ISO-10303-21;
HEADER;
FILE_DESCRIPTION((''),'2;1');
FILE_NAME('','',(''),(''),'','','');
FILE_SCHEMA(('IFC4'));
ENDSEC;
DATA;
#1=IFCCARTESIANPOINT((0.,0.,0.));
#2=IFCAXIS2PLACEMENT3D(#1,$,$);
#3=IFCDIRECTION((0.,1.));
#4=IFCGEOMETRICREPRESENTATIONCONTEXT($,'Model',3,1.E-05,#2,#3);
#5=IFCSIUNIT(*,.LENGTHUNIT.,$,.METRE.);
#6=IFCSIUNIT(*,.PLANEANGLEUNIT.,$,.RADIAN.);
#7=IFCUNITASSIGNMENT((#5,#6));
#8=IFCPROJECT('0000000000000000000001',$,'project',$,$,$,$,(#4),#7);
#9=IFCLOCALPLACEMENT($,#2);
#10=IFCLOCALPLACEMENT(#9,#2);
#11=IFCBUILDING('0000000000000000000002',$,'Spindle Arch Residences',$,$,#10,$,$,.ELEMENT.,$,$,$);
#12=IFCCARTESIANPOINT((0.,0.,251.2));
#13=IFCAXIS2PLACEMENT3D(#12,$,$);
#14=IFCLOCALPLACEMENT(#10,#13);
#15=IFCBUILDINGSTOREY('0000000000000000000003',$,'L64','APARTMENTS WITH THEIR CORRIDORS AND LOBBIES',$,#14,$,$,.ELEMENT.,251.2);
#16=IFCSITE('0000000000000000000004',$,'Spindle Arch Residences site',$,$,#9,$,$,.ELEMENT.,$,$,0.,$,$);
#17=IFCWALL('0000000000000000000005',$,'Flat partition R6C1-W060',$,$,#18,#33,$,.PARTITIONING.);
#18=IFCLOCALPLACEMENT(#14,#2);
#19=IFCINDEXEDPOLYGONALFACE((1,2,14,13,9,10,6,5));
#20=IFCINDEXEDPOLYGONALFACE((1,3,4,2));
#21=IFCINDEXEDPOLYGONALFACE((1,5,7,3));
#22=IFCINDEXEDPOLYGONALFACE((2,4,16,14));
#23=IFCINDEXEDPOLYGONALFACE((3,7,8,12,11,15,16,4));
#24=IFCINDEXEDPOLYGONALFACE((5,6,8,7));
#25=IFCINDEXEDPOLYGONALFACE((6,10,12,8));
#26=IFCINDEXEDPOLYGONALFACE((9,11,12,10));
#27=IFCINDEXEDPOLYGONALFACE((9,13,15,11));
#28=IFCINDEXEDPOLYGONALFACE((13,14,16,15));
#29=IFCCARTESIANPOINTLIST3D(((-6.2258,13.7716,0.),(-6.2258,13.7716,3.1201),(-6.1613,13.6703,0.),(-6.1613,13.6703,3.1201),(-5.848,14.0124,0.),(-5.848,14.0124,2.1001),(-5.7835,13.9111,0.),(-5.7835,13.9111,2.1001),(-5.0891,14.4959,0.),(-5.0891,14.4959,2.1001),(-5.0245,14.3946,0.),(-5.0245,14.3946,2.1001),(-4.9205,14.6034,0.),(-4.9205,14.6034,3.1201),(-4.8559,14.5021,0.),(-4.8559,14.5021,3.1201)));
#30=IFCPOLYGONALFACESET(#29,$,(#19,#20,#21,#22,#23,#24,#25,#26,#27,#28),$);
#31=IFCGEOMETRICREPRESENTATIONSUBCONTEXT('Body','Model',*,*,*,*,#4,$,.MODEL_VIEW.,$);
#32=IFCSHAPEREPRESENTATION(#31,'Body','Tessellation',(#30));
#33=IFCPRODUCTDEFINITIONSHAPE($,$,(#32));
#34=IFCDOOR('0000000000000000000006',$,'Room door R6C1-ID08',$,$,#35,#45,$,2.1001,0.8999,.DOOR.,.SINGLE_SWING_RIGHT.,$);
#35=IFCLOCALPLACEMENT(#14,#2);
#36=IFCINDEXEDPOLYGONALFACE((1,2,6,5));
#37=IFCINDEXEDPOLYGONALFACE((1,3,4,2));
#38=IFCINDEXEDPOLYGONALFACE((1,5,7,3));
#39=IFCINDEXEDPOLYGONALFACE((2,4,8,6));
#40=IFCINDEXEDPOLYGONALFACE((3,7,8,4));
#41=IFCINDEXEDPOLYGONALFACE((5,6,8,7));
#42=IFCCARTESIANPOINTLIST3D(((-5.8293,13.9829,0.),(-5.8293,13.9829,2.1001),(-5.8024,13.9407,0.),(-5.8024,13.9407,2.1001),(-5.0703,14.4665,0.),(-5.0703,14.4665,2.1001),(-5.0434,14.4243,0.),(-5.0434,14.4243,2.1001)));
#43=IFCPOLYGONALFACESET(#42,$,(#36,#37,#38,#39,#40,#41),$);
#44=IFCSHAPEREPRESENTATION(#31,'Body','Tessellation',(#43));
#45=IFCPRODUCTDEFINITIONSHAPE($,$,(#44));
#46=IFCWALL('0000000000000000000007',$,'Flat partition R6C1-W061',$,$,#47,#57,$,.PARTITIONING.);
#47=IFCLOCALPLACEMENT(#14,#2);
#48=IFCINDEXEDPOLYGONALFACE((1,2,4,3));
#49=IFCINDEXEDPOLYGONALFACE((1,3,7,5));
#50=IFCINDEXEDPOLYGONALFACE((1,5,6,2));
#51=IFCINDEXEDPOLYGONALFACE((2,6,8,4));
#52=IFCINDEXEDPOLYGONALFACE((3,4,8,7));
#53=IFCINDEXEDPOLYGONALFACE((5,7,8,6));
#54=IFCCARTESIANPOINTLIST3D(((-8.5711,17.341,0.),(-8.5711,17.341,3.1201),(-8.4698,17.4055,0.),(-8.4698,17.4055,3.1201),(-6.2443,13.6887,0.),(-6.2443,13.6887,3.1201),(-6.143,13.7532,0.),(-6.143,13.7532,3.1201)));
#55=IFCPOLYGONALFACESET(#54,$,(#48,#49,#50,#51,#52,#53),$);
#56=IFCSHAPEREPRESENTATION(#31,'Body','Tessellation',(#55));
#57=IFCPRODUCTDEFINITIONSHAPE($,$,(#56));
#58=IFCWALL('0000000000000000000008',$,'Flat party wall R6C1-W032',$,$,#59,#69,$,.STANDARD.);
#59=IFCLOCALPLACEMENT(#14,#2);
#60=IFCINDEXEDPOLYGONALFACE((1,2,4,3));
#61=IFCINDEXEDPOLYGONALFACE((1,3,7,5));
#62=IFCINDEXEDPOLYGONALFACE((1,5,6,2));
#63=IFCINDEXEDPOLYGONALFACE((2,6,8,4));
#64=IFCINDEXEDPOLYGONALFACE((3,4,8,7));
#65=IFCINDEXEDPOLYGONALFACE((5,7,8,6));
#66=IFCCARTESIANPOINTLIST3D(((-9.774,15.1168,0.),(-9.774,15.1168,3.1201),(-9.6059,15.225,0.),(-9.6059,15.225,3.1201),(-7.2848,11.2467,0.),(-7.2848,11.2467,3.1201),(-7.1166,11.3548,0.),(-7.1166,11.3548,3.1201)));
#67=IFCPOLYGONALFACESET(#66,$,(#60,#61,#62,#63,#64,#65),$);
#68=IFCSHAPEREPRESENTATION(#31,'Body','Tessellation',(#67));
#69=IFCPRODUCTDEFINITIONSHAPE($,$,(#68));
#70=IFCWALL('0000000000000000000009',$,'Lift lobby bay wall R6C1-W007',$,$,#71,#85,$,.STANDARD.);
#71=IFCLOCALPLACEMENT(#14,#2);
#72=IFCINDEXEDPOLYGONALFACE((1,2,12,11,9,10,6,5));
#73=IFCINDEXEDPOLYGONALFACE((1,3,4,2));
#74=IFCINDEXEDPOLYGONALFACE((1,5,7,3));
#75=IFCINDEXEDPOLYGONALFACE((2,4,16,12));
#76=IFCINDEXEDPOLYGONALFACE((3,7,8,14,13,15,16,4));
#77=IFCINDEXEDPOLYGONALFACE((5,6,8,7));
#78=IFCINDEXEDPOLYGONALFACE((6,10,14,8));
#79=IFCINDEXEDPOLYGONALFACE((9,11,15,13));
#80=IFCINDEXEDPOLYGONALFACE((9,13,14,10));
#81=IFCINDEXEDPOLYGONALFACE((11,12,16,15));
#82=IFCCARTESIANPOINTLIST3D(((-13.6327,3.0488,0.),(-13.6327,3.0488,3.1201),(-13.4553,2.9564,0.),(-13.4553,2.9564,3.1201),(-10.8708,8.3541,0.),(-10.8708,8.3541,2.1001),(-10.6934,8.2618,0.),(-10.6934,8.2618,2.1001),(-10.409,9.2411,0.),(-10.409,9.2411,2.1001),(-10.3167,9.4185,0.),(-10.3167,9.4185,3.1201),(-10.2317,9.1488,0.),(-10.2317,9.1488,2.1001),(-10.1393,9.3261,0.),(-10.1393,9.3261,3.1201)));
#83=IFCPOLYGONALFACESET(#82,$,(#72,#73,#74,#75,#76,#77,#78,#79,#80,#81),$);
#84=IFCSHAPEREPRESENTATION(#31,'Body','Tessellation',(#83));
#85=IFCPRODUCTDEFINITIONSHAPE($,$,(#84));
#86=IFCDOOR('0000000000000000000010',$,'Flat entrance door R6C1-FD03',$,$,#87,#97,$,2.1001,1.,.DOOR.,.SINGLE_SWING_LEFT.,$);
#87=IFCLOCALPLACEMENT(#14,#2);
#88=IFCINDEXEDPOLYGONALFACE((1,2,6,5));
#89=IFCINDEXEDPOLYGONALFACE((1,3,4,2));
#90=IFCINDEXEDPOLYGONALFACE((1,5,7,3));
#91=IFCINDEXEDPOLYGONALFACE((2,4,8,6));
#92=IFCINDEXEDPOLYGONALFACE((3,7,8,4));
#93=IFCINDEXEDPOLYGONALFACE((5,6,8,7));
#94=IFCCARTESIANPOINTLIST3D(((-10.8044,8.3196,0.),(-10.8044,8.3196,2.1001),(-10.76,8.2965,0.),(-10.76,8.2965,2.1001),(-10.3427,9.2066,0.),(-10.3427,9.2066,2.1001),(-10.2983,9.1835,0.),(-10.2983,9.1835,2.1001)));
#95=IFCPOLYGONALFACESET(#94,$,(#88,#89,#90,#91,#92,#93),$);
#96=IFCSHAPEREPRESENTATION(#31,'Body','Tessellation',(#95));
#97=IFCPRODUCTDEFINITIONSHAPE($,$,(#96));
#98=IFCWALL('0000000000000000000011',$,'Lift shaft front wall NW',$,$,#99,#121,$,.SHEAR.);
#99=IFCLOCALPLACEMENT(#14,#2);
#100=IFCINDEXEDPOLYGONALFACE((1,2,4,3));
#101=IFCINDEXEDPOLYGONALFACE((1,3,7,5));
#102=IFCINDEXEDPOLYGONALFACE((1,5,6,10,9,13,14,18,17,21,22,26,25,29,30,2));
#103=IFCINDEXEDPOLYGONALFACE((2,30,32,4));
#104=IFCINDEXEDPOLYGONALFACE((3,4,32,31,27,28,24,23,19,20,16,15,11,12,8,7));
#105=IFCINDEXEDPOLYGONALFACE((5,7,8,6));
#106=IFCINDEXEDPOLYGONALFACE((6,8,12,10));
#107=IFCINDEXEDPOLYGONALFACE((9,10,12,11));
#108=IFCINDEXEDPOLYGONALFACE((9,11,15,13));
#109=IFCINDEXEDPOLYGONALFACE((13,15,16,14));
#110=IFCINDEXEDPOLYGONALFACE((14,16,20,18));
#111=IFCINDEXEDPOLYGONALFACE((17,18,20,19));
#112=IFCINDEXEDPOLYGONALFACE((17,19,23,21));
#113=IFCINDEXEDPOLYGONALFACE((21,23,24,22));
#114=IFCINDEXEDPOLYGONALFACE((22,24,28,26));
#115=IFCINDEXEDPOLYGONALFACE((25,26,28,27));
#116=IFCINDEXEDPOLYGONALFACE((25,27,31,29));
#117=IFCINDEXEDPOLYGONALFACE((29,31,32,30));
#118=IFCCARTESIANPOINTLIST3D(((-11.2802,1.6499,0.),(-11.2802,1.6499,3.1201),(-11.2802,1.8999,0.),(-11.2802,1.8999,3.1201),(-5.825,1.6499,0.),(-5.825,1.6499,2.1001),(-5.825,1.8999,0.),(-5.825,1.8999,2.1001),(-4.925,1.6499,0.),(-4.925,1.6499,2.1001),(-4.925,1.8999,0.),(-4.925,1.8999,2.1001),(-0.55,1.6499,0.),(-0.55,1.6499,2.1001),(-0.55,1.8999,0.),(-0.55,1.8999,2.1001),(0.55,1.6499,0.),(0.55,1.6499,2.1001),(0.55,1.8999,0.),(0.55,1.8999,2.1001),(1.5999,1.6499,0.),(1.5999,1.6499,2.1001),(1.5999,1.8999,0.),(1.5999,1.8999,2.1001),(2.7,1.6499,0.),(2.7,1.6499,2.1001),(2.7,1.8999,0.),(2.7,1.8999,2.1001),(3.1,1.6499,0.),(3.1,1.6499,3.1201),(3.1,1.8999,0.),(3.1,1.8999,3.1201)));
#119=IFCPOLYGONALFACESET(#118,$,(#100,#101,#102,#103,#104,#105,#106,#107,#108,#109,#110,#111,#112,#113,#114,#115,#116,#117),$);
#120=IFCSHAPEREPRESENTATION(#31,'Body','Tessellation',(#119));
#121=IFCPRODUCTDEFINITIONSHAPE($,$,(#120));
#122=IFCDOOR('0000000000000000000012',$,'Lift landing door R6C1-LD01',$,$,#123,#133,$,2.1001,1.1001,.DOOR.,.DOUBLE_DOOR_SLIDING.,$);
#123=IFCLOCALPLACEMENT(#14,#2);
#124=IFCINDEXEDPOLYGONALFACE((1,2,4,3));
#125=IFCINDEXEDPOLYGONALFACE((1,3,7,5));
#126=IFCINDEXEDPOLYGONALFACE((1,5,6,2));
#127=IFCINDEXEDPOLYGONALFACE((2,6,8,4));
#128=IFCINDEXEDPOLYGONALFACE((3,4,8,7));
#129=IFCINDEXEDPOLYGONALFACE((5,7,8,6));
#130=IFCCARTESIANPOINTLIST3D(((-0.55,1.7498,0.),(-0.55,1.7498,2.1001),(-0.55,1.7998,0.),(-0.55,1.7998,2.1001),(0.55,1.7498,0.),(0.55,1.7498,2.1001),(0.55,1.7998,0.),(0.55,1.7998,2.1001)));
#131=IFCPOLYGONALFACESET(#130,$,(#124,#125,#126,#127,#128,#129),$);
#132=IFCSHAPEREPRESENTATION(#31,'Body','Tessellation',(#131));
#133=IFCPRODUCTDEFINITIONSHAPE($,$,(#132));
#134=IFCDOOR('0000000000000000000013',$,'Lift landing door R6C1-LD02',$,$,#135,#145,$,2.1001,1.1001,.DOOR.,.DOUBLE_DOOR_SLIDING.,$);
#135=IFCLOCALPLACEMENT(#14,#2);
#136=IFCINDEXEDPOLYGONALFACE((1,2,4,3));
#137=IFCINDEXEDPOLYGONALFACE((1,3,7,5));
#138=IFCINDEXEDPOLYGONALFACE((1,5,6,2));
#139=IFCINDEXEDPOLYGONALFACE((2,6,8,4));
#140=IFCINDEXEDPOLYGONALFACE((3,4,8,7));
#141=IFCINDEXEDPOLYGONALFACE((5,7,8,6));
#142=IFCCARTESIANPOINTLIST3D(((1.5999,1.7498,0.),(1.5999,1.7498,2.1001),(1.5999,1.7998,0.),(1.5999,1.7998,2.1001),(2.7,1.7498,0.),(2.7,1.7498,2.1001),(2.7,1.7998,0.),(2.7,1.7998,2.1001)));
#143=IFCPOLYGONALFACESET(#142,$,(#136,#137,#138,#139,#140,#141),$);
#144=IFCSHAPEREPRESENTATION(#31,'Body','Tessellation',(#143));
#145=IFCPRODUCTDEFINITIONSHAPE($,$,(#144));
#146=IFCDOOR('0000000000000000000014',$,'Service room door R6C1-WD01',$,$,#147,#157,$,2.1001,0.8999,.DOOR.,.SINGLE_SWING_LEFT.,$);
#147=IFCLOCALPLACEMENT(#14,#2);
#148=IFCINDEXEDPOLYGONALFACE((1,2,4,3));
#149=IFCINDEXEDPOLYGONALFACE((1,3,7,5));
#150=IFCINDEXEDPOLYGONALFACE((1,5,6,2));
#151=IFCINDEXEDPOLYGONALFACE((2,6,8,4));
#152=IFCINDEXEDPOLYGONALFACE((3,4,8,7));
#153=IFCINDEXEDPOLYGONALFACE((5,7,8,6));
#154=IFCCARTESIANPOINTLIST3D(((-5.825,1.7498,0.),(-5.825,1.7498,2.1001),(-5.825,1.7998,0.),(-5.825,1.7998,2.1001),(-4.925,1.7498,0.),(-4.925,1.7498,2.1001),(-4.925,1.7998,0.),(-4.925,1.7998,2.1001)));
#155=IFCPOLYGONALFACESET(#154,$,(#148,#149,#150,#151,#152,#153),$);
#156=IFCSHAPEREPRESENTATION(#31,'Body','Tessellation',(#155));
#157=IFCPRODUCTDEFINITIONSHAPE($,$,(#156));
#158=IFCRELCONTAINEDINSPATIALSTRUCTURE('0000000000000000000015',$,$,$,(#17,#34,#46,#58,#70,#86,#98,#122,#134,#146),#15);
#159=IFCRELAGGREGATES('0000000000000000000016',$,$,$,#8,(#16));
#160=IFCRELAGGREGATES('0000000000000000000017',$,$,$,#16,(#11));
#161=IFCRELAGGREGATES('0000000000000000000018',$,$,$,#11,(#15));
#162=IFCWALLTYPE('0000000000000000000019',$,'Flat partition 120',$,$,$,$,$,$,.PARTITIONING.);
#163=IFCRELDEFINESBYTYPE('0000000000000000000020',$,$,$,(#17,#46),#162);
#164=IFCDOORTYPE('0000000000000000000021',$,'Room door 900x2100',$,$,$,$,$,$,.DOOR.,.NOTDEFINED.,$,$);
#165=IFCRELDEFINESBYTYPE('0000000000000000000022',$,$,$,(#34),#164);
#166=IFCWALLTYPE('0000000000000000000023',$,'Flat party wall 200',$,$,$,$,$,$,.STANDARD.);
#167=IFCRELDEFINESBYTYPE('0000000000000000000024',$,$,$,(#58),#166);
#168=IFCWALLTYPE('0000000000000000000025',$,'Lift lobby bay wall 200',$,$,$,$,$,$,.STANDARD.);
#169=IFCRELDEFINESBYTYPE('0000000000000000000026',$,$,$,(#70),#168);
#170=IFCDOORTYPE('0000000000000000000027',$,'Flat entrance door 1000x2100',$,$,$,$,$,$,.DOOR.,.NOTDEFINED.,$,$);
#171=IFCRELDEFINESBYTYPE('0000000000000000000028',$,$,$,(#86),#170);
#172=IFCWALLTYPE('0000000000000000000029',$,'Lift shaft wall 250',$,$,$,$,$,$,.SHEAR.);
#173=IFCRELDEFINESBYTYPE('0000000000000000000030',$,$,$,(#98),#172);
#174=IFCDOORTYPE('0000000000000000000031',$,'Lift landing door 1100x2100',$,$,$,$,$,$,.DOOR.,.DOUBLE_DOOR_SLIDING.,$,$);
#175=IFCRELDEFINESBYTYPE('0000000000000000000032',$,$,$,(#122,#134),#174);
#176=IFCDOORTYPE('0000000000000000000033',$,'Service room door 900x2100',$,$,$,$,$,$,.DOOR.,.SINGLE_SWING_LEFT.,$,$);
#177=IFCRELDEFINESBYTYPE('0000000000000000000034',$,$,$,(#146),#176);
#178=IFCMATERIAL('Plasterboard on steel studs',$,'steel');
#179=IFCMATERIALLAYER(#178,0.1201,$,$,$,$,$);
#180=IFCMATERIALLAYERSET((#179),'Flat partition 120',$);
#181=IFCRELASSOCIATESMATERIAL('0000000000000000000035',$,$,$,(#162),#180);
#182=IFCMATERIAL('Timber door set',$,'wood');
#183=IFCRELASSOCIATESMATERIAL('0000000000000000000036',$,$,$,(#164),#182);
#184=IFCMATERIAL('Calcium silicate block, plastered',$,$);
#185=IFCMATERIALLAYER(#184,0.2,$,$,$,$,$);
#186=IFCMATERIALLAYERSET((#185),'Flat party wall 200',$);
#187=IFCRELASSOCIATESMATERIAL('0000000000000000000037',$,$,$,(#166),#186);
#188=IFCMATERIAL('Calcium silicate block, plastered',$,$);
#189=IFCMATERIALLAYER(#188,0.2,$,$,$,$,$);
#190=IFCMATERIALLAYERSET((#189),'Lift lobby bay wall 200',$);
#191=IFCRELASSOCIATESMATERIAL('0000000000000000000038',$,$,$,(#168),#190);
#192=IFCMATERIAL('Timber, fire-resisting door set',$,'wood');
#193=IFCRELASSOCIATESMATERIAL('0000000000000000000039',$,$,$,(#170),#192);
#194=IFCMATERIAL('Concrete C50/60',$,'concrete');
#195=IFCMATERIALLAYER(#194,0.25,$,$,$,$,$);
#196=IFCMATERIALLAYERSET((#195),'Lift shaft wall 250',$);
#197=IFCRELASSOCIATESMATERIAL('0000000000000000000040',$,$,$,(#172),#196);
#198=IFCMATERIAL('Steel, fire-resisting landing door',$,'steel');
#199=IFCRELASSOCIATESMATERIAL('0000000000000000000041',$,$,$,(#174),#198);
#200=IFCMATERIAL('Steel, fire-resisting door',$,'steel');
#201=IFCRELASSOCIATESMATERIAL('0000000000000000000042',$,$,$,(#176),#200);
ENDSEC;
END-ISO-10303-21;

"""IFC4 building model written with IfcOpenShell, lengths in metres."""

from ifc_helpers import new_model, si_unit, direction, frame, frame_2d, origin, place, context, subcontext, project, spatial, rectangle, extrude, material, layer, layer_set, type_object, element, fill, save


model = new_model("IFC4")

# Units and contexts
model_context = context("Model", 3, precision=1e-05, world=origin(), true_north=direction((0.0, 1.0)))
body_context = subcontext(model_context, "Body", "Model", "MODEL_VIEW")
ifc_project = project(units=[si_unit("LENGTHUNIT", "METRE"), si_unit("PLANEANGLEUNIT", "RADIAN")], contexts=[model_context])

# Site, building, storey
site_placement = place(None, origin())
site = spatial("IfcSite", under=ifc_project, at=site_placement, Name="Spindle Arch Residences site", CompositionType="ELEMENT", RefElevation=0.0)
building_placement = place(site_placement, origin())
building = spatial("IfcBuilding", under=site, at=building_placement, Name="Spindle Arch Residences", CompositionType="ELEMENT")
storey_placement = place(building_placement, frame((0.0, 0.0, 251.2)))
storey = spatial("IfcBuildingStorey", under=building, at=storey_placement, Name="L64", Description="APARTMENTS WITH THEIR CORRIDORS AND LOBBIES", CompositionType="ELEMENT", Elevation=251.2)

# Wall, opening, door
ifc_material_1 = material(Name="Plasterboard on steel studs", Category="steel")
ifc_layer_1 = layer(ifc_material_1, 0.1201)
ifc_layer_set_1 = layer_set([ifc_layer_1], Name="Flat partition 120")
wall_type_1 = type_object("IfcWallType", Name="Flat partition 120", PredefinedType="PARTITIONING", material=ifc_layer_set_1)
wall_1_placement = place(storey_placement, frame((-4.8882, 14.5527, 0.0), z_axis=(0.0, 0.0, 1.0), x_axis=(-0.84335, -0.537365, 0.0)))
wall_1 = element("IfcWall", 1, at=wall_1_placement, inside=storey, type_object=wall_type_1, Name="Flat partition R6C1-W060", PredefinedType="PARTITIONING", context=body_context, shape_type="SweptSolid", body=[
    extrude(rectangle(XDim=1.5479, YDim=0.1201, at=frame_2d((0.7739, 0.0))), origin(), (0.0, 0.0, 1.0), 3.1201),
])
opening_1_placement = place(wall_1_placement, frame((0.2, 0.0, 0.0)))
opening_1 = element("IfcOpeningElement", 2, at=opening_1_placement, cuts=wall_1, PredefinedType="OPENING", context=body_context, shape_type="SweptSolid", body=[
    extrude(rectangle(XDim=0.8999, YDim=2.1001, at=frame_2d((0.45, 1.05))), frame((0.0, 0.0701, 0.0), z_axis=(0.0, -1.0, 0.0), x_axis=(1.0, 0.0, 0.0)), (0.0, 0.0, 1.0), 0.1401),
])
ifc_material_2 = material(Name="Timber door set", Category="wood")
door_type_1 = type_object("IfcDoorType", Name="Room door 900x2100", OperationType="NOTDEFINED", PredefinedType="DOOR", material=ifc_material_2)
door_1_placement = place(opening_1_placement, origin())
door_1 = element("IfcDoor", 3, at=door_1_placement, inside=storey, type_object=door_type_1, Name="Room door R6C1-ID08", OperationType="SINGLE_SWING_RIGHT", OverallHeight=2.1001, OverallWidth=0.8999, PredefinedType="DOOR", context=body_context, shape_type="SweptSolid", body=[
    extrude(rectangle(XDim=0.8999, YDim=2.1001, at=frame_2d((0.45, 1.05))), frame((0.0, 0.0249, 0.0), z_axis=(0.0, -1.0, 0.0), x_axis=(1.0, 0.0, 0.0)), (0.0, 0.0, 1.0), 0.05),
])
fill(opening_1, door_1)

# Walls
wall_2_placement = place(storey_placement, frame((-6.1936, 13.7209, 0.0), z_axis=(0.0, 0.0, 1.0), x_axis=(-0.537317, 0.84338, 0.0)))
element("IfcWall", 4, at=wall_2_placement, inside=storey, type_object=wall_type_1, Name="Flat partition R6C1-W061", PredefinedType="PARTITIONING", context=body_context, shape_type="SweptSolid", body=[
    extrude(rectangle(XDim=4.3306, YDim=0.1201, at=frame_2d((2.1653, 0.0))), origin(), (0.0, 0.0, 1.0), 3.1201),
])
ifc_material_3 = material(Name="Calcium silicate block, plastered")
ifc_layer_2 = layer(ifc_material_3, 0.2)
ifc_layer_set_2 = layer_set([ifc_layer_2], Name="Flat party wall 200")
wall_type_2 = type_object("IfcWallType", Name="Flat party wall 200", PredefinedType="STANDARD", material=ifc_layer_set_2)
wall_3_placement = place(storey_placement, frame((-9.6899, 15.1709, 0.0), z_axis=(0.0, 0.0, 1.0), x_axis=(0.540961, -0.841047, 0.0)))
element("IfcWall", 5, at=wall_3_placement, inside=storey, type_object=wall_type_2, Name="Flat party wall R6C1-W032", PredefinedType="STANDARD", context=body_context, shape_type="SweptSolid", body=[
    extrude(rectangle(XDim=4.6016, YDim=0.2, at=frame_2d((2.3008, 0.0))), origin(), (0.0, 0.0, 1.0), 3.1201),
])

# Wall, opening, door
ifc_material_4 = material(Name="Calcium silicate block, plastered")
ifc_layer_3 = layer(ifc_material_4, 0.2)
ifc_layer_set_3 = layer_set([ifc_layer_3], Name="Lift lobby bay wall 200")
wall_type_3 = type_object("IfcWallType", Name="Lift lobby bay wall 200", PredefinedType="STANDARD", material=ifc_layer_set_3)
wall_4_placement = place(storey_placement, frame((-10.228, 9.3723, 0.0), z_axis=(0.0, 0.0, 1.0), x_axis=(-0.461759, -0.887005, 0.0)))
wall_4 = element("IfcWall", 6, at=wall_4_placement, inside=storey, type_object=wall_type_3, Name="Lift lobby bay wall R6C1-W007", PredefinedType="STANDARD", context=body_context, shape_type="SweptSolid", body=[
    extrude(rectangle(XDim=7.1812, YDim=0.2, at=frame_2d((3.5906, 0.0))), origin(), (0.0, 0.0, 1.0), 3.1201),
])
opening_2_placement = place(wall_4_placement, frame((0.2, 0.0, 0.0)))
opening_2 = element("IfcOpeningElement", 7, at=opening_2_placement, cuts=wall_4, PredefinedType="OPENING", context=body_context, shape_type="SweptSolid", body=[
    extrude(rectangle(XDim=1.0, YDim=2.1001, at=frame_2d((0.5, 1.05))), frame((0.0, 0.1099, 0.0), z_axis=(0.0, -1.0, 0.0), x_axis=(1.0, 0.0, 0.0)), (0.0, 0.0, 1.0), 0.22),
])
ifc_material_5 = material(Name="Timber, fire-resisting door set", Category="wood")
door_type_2 = type_object("IfcDoorType", Name="Flat entrance door 1000x2100", OperationType="NOTDEFINED", PredefinedType="DOOR", material=ifc_material_5)
door_2_placement = place(opening_2_placement, origin())
door_2 = element("IfcDoor", 8, at=door_2_placement, inside=storey, type_object=door_type_2, Name="Flat entrance door R6C1-FD03", OperationType="SINGLE_SWING_LEFT", OverallHeight=2.1001, OverallWidth=1.0, PredefinedType="DOOR", context=body_context, shape_type="SweptSolid", body=[
    extrude(rectangle(XDim=1.0, YDim=2.1001, at=frame_2d((0.5, 1.05))), frame((0.0, 0.0249, 0.0), z_axis=(0.0, -1.0, 0.0), x_axis=(1.0, 0.0, 0.0)), (0.0, 0.0, 1.0), 0.05),
])
fill(opening_2, door_2)

# Wall, openings, doors
ifc_material_6 = material(Name="Concrete C50/60", Category="concrete")
ifc_layer_4 = layer(ifc_material_6, 0.25)
ifc_layer_set_4 = layer_set([ifc_layer_4], Name="Lift shaft wall 250")
wall_type_4 = type_object("IfcWallType", Name="Lift shaft wall 250", PredefinedType="SHEAR", material=ifc_layer_set_4)
wall_5_placement = place(storey_placement, frame((-11.28, 1.7749, 0.0), z_axis=(0.0, 0.0, 1.0), x_axis=(1.0, 0.0, 0.0)))
wall_5 = element("IfcWall", 9, at=wall_5_placement, inside=storey, type_object=wall_type_4, Name="Lift shaft front wall NW", PredefinedType="SHEAR", context=body_context, shape_type="SweptSolid", body=[
    extrude(rectangle(XDim=14.3801, YDim=0.25, at=frame_2d((7.1899, 0.0))), origin(), (0.0, 0.0, 1.0), 3.1201),
])
opening_3_placement = place(wall_5_placement, frame((10.73, 0.0, 0.0)))
opening_3 = element("IfcOpeningElement", 10, at=opening_3_placement, cuts=wall_5, PredefinedType="OPENING", context=body_context, shape_type="SweptSolid", body=[
    extrude(rectangle(XDim=1.1001, YDim=2.1001, at=frame_2d((0.55, 1.05))), frame((0.0, 0.135, 0.0), z_axis=(0.0, -1.0, 0.0), x_axis=(1.0, 0.0, 0.0)), (0.0, 0.0, 1.0), 0.27),
])
opening_4_placement = place(wall_5_placement, frame((12.8799, 0.0, 0.0)))
opening_4 = element("IfcOpeningElement", 11, at=opening_4_placement, cuts=wall_5, PredefinedType="OPENING", context=body_context, shape_type="SweptSolid", body=[
    extrude(rectangle(XDim=1.1001, YDim=2.1001, at=frame_2d((0.55, 1.05))), frame((0.0, 0.135, 0.0), z_axis=(0.0, -1.0, 0.0), x_axis=(1.0, 0.0, 0.0)), (0.0, 0.0, 1.0), 0.27),
])
opening_5_placement = place(wall_5_placement, frame((5.4551, 0.0, 0.0)))
opening_5 = element("IfcOpeningElement", 12, at=opening_5_placement, cuts=wall_5, PredefinedType="OPENING", context=body_context, shape_type="SweptSolid", body=[
    extrude(rectangle(XDim=0.8999, YDim=2.1001, at=frame_2d((0.45, 1.05))), frame((0.0, 0.135, 0.0), z_axis=(0.0, -1.0, 0.0), x_axis=(1.0, 0.0, 0.0)), (0.0, 0.0, 1.0), 0.27),
])
ifc_material_7 = material(Name="Steel, fire-resisting landing door", Category="steel")
door_type_3 = type_object("IfcDoorType", Name="Lift landing door 1100x2100", OperationType="DOUBLE_DOOR_SLIDING", PredefinedType="DOOR", material=ifc_material_7)
door_3_placement = place(opening_3_placement, origin())
door_3 = element("IfcDoor", 13, at=door_3_placement, inside=storey, type_object=door_type_3, Name="Lift landing door R6C1-LD01", OperationType="DOUBLE_DOOR_SLIDING", OverallHeight=2.1001, OverallWidth=1.1001, PredefinedType="DOOR", context=body_context, shape_type="SweptSolid", body=[
    extrude(rectangle(XDim=1.1001, YDim=2.1001, at=frame_2d((0.55, 1.05))), frame((0.0, 0.0249, 0.0), z_axis=(0.0, -1.0, 0.0), x_axis=(1.0, 0.0, 0.0)), (0.0, 0.0, 1.0), 0.05),
])
fill(opening_3, door_3)
door_4_placement = place(opening_4_placement, origin())
door_4 = element("IfcDoor", 14, at=door_4_placement, inside=storey, type_object=door_type_3, Name="Lift landing door R6C1-LD02", OperationType="DOUBLE_DOOR_SLIDING", OverallHeight=2.1001, OverallWidth=1.1001, PredefinedType="DOOR", context=body_context, shape_type="SweptSolid", body=[
    extrude(rectangle(XDim=1.1001, YDim=2.1001, at=frame_2d((0.55, 1.05))), frame((0.0, 0.0249, 0.0), z_axis=(0.0, -1.0, 0.0), x_axis=(1.0, 0.0, 0.0)), (0.0, 0.0, 1.0), 0.05),
])
fill(opening_4, door_4)
ifc_material_8 = material(Name="Steel, fire-resisting door", Category="steel")
door_type_4 = type_object("IfcDoorType", Name="Service room door 900x2100", OperationType="SINGLE_SWING_LEFT", PredefinedType="DOOR", material=ifc_material_8)
door_5_placement = place(opening_5_placement, origin())
door_5 = element("IfcDoor", 15, at=door_5_placement, inside=storey, type_object=door_type_4, Name="Service room door R6C1-WD01", OperationType="SINGLE_SWING_LEFT", OverallHeight=2.1001, OverallWidth=0.8999, PredefinedType="DOOR", context=body_context, shape_type="SweptSolid", body=[
    extrude(rectangle(XDim=0.8999, YDim=2.1001, at=frame_2d((0.45, 1.05))), frame((0.0, 0.0249, 0.0), z_axis=(0.0, -1.0, 0.0), x_axis=(1.0, 0.0, 0.0)), (0.0, 0.0, 1.0), 0.05),
])
fill(opening_5, door_5)

save(model, "model.ifc")
